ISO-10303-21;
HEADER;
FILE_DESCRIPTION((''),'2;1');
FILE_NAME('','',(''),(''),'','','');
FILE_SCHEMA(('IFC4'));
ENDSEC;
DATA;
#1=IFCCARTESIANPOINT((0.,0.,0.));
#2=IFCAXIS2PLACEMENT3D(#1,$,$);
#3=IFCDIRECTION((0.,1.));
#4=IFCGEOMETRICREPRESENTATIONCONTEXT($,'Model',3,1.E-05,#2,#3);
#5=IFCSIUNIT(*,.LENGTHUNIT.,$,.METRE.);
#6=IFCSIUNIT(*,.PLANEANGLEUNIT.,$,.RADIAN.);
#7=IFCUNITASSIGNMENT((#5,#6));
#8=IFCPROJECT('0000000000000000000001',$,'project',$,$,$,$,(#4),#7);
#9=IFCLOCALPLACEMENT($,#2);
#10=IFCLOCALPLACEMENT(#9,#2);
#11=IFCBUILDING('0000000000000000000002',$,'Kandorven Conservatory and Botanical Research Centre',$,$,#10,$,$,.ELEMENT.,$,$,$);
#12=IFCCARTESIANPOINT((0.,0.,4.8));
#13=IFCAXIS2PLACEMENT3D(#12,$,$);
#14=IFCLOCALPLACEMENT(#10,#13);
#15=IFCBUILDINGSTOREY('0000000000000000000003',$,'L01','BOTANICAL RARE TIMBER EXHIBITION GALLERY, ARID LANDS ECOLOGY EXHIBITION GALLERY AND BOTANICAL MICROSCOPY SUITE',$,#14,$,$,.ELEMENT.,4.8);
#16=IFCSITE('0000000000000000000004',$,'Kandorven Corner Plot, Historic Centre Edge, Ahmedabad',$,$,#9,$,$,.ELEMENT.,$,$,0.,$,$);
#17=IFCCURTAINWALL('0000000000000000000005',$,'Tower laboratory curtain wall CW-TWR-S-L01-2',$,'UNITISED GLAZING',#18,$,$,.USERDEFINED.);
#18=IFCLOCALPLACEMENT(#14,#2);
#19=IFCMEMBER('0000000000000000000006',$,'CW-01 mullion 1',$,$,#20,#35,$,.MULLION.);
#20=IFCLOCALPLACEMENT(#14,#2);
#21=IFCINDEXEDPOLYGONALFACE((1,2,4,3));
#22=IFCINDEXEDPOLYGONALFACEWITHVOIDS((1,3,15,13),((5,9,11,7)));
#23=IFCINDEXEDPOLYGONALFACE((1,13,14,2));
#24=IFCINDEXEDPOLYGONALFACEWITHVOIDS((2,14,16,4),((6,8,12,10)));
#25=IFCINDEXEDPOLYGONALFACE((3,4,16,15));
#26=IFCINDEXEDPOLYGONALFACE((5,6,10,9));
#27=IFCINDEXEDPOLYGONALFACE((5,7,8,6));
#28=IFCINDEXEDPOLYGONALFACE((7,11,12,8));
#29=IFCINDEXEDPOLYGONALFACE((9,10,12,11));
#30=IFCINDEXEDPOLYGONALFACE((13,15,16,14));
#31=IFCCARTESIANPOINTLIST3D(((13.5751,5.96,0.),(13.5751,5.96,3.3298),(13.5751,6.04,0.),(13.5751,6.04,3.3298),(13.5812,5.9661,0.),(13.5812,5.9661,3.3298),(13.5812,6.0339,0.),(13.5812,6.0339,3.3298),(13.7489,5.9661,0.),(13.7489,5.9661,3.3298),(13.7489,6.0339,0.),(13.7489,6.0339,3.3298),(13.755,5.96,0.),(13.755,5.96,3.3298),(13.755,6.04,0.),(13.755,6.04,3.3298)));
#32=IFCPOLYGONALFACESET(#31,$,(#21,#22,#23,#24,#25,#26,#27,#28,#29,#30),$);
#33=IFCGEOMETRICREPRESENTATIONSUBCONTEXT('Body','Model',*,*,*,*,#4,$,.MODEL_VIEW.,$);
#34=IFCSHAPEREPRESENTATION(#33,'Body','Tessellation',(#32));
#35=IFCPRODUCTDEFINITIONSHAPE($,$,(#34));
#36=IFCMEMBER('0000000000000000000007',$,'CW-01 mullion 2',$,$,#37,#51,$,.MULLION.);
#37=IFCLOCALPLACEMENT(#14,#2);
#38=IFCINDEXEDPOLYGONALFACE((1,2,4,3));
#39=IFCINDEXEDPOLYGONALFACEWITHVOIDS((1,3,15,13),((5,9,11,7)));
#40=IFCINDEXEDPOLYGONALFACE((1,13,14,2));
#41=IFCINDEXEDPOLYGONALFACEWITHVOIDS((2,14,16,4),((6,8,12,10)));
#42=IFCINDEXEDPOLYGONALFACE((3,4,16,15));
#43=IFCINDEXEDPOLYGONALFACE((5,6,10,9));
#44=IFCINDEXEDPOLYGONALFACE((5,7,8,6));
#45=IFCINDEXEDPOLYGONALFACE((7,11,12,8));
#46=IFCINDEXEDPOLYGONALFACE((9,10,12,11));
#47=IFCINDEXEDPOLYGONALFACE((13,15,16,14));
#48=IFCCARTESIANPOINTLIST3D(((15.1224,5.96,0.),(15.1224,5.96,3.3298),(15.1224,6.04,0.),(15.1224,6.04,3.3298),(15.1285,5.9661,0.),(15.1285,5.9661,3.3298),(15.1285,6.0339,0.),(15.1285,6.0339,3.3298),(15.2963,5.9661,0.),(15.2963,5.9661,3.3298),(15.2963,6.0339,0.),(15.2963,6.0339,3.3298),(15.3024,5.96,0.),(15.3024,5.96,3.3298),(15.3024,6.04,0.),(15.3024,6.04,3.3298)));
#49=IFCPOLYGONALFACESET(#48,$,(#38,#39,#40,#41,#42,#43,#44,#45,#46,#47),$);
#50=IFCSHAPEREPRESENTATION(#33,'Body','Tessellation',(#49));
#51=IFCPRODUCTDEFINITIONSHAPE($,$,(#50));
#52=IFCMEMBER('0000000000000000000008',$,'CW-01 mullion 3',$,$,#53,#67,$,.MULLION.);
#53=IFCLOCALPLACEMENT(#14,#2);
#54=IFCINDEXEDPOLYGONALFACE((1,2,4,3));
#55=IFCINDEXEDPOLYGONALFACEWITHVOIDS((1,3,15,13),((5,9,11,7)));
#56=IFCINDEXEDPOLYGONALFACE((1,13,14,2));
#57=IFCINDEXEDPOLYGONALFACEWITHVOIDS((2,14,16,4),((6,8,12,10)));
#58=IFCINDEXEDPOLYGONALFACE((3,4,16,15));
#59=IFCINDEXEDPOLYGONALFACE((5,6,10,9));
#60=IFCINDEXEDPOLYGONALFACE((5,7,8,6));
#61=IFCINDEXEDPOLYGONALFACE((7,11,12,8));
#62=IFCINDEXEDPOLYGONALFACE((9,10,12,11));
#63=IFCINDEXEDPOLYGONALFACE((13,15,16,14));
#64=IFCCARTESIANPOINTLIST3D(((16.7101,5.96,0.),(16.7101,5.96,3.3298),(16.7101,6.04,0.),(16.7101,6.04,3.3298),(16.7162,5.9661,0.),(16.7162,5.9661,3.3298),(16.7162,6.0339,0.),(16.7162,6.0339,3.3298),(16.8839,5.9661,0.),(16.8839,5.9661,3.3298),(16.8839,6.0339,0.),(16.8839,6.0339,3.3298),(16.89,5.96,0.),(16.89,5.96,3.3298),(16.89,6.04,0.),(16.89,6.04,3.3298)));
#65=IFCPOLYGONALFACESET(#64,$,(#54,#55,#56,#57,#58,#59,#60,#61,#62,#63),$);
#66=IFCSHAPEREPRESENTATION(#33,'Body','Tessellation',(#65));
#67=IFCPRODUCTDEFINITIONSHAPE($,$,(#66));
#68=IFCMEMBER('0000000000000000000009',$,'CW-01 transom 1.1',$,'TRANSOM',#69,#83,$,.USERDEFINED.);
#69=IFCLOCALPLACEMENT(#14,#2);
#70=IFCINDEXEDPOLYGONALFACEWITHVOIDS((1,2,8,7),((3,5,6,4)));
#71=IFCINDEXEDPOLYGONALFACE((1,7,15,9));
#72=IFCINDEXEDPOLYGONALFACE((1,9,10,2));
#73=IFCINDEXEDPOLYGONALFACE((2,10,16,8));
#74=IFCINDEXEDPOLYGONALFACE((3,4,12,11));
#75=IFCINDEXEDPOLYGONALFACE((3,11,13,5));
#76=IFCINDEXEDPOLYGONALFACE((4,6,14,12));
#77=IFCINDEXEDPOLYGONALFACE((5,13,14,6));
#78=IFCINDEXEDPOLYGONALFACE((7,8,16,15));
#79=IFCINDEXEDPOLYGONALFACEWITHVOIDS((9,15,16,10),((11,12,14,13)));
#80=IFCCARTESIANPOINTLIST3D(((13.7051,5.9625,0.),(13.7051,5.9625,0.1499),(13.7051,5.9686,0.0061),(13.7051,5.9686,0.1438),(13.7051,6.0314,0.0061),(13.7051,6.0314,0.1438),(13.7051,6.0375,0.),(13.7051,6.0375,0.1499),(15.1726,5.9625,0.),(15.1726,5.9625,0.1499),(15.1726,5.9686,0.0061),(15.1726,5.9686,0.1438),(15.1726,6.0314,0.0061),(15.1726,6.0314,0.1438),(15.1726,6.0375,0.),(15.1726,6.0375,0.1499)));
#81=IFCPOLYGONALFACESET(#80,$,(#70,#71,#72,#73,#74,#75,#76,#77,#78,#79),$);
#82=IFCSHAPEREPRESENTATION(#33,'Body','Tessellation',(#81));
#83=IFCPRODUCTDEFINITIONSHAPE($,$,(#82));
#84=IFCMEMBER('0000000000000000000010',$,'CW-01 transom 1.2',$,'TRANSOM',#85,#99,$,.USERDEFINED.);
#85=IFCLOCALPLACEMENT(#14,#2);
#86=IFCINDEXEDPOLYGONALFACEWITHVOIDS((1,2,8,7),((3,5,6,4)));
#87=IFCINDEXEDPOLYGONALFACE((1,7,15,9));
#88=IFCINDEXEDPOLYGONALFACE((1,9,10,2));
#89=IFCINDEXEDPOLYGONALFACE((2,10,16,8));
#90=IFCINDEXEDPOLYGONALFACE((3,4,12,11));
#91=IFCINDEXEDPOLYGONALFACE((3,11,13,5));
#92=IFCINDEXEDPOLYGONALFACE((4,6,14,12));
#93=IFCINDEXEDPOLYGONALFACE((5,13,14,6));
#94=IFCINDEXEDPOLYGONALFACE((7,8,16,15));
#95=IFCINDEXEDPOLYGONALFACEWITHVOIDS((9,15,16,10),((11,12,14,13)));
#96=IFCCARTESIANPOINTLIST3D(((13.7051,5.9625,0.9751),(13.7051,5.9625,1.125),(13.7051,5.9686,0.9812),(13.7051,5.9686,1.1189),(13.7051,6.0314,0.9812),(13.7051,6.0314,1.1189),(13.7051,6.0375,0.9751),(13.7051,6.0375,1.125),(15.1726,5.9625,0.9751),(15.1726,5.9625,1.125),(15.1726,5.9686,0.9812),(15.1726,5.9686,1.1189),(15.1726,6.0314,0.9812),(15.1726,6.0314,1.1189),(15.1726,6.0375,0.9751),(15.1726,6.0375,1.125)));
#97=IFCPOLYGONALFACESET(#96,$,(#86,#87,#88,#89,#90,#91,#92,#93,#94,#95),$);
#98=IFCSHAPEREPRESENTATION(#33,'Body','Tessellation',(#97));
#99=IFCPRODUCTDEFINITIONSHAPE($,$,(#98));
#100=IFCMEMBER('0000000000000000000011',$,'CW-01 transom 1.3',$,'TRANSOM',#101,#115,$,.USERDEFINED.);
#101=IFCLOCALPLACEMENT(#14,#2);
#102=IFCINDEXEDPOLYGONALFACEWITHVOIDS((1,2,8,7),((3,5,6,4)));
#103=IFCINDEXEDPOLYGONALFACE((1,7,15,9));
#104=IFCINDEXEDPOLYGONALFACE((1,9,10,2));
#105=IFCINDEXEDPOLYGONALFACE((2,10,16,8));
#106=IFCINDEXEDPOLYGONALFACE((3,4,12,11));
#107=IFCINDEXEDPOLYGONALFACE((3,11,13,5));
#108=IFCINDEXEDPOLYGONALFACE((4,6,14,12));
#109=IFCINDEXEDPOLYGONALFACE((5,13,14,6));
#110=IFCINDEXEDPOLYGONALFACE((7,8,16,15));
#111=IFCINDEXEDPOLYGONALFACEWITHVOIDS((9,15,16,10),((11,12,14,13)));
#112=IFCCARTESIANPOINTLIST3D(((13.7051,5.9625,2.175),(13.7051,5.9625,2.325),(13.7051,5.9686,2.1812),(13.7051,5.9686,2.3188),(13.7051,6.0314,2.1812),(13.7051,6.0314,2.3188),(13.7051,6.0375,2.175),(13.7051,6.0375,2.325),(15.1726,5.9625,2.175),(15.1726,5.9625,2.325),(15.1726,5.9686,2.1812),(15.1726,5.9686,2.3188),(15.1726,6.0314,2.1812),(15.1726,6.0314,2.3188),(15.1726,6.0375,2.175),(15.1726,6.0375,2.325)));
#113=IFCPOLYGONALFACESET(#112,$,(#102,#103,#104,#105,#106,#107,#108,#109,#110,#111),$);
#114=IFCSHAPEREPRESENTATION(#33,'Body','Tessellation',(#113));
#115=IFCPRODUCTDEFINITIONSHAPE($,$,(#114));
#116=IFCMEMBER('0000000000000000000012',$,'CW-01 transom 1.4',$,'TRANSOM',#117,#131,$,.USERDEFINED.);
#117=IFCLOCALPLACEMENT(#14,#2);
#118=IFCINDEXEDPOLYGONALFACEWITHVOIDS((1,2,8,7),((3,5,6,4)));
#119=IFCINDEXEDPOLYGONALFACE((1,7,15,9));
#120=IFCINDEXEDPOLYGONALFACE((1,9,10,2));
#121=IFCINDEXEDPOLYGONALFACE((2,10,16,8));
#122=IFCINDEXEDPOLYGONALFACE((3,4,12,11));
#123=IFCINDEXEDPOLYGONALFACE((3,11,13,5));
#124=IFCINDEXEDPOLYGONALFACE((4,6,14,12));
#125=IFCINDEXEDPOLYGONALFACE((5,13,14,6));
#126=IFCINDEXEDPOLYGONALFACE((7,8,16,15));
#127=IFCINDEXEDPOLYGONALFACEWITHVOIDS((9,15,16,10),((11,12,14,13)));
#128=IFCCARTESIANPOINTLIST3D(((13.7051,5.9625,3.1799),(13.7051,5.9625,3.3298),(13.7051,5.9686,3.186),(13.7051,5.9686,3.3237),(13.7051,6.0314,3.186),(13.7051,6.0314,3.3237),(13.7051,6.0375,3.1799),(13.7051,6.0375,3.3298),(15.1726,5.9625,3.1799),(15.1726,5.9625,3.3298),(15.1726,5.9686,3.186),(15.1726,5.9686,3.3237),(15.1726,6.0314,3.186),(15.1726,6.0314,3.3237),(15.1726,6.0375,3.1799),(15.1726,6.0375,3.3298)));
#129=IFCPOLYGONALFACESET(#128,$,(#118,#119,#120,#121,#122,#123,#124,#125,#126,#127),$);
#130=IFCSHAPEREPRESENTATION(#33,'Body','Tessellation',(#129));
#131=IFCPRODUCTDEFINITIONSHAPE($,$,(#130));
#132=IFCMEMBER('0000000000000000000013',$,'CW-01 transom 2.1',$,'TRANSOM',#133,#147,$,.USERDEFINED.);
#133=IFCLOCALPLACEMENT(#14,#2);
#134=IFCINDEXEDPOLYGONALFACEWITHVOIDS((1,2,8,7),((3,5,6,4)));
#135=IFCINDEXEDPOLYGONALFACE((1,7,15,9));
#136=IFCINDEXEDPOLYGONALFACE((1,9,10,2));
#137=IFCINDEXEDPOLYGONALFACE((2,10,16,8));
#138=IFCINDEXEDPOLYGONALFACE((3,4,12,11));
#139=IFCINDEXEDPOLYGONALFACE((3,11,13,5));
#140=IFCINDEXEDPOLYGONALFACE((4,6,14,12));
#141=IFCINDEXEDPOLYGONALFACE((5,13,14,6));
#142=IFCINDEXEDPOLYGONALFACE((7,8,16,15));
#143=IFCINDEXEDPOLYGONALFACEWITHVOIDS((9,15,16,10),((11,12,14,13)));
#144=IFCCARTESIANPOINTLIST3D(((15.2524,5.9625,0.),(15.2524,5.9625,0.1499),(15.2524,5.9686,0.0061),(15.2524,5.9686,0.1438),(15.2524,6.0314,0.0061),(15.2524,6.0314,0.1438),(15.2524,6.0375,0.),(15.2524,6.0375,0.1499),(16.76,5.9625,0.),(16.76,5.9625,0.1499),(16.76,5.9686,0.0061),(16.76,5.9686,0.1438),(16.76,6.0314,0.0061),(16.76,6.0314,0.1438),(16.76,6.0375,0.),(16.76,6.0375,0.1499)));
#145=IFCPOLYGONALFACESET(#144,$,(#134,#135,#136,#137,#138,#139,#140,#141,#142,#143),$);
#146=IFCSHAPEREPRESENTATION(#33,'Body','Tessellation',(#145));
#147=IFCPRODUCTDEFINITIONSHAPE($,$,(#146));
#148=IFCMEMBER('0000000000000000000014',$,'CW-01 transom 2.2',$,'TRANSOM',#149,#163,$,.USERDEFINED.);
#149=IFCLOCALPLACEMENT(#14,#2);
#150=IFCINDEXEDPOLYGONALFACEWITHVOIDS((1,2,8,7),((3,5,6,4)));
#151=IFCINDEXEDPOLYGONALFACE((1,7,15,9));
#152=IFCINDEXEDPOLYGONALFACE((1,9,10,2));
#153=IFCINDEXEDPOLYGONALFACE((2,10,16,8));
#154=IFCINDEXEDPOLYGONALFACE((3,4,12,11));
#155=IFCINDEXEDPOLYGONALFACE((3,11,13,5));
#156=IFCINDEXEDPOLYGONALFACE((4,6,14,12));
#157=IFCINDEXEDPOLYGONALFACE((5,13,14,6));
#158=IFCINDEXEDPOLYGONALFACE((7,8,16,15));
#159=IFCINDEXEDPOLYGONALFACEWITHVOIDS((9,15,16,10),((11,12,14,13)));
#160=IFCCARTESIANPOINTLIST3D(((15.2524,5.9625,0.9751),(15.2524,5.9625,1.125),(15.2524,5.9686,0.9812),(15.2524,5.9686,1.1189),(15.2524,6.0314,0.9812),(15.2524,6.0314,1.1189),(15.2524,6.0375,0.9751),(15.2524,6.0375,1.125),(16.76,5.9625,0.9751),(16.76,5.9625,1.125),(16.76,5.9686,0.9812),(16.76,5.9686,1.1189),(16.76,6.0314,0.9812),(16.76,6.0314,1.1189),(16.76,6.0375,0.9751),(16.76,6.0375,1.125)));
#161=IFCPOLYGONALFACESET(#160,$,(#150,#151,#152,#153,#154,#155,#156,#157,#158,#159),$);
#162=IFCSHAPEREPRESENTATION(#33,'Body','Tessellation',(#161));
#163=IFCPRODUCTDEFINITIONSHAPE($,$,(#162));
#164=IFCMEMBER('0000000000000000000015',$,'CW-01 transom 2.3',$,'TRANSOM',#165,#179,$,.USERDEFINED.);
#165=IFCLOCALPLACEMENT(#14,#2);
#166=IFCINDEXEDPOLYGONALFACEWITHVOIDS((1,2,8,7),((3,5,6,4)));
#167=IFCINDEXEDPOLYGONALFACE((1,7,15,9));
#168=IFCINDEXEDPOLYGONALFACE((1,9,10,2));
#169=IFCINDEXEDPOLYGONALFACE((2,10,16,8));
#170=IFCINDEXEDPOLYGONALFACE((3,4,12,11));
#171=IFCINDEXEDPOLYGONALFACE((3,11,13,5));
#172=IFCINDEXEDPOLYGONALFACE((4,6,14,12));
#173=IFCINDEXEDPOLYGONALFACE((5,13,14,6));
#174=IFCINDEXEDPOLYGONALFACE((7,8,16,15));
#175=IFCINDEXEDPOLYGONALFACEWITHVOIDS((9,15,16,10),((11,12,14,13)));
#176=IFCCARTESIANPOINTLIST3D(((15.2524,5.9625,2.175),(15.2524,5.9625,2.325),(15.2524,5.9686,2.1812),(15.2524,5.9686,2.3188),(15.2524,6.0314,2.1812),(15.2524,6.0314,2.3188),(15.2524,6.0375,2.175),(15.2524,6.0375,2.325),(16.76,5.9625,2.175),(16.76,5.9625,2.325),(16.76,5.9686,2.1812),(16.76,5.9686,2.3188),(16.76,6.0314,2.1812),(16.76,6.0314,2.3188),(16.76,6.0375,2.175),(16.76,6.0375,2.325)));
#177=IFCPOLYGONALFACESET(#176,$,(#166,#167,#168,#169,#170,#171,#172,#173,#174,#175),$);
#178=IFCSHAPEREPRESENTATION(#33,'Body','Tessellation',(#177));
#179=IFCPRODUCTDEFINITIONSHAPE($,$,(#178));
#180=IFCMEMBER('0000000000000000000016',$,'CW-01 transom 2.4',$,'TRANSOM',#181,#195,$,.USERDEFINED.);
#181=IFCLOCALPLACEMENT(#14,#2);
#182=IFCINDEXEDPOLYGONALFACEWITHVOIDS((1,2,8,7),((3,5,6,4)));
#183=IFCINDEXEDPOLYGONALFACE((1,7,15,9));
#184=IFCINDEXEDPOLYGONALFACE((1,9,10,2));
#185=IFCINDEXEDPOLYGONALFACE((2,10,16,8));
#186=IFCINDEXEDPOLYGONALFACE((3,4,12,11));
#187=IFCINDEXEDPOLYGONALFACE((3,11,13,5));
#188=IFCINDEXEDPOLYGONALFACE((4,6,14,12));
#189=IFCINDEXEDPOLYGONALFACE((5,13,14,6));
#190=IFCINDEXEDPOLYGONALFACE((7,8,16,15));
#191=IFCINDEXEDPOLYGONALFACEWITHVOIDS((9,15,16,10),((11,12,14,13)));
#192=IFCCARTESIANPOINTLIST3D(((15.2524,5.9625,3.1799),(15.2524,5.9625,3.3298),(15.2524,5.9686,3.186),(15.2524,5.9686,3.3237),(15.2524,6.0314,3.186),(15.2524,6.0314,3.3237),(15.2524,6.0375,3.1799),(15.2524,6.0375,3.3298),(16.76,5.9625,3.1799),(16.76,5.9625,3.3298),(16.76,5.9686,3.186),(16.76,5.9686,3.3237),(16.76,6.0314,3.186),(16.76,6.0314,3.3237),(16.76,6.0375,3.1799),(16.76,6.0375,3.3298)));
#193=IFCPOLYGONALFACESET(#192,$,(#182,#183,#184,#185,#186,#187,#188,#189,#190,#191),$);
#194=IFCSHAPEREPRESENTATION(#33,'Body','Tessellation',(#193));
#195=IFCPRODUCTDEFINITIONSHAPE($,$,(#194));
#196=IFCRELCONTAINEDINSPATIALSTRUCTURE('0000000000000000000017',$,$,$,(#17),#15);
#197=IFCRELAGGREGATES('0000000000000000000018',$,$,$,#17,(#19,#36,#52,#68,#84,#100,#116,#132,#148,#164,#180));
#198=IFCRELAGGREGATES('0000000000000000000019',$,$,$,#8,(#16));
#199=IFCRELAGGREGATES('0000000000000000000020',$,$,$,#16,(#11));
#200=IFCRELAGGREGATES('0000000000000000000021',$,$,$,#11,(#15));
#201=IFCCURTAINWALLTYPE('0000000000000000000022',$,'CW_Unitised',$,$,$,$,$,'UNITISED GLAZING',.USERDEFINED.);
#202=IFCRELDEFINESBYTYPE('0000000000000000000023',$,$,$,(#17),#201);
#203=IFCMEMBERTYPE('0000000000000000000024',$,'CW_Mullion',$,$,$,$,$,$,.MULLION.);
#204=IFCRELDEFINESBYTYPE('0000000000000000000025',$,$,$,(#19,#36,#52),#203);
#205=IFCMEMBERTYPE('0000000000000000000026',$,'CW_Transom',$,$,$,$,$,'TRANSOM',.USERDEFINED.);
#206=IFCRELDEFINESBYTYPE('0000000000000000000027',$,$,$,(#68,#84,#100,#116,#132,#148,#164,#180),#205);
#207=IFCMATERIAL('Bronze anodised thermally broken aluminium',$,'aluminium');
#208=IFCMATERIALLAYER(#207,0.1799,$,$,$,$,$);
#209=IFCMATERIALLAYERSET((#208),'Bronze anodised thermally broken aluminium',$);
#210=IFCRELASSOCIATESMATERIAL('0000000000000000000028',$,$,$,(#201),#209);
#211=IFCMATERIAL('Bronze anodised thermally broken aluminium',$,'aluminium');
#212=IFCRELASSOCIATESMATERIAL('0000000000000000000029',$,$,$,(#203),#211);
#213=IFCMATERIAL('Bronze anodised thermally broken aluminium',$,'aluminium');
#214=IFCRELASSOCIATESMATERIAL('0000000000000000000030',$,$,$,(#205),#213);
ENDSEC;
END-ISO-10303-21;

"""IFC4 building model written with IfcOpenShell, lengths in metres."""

from ifc_helpers import new_model, si_unit, direction, frame, origin, origin_2d, place, context, subcontext, project, spatial, hollow_rectangle, extrude, material, layer, layer_set, material_profile, profile_set, type_object, element, aggregate, save


model = new_model("IFC4")

# Units and contexts
model_context = context("Model", 3, precision=1e-05, world=origin(), true_north=direction((0.0, 1.0)))
body_context = subcontext(model_context, "Body", "Model", "MODEL_VIEW")
ifc_project = project(units=[si_unit("LENGTHUNIT", "METRE"), si_unit("PLANEANGLEUNIT", "RADIAN")], contexts=[model_context])

# Site, building, storey
site_placement = place(None, origin())
site = spatial("IfcSite", under=ifc_project, at=site_placement, Name="Kandorven Corner Plot, Historic Centre Edge, Ahmedabad", CompositionType="ELEMENT", RefElevation=0.0)
building_placement = place(site_placement, origin())
building = spatial("IfcBuilding", under=site, at=building_placement, Name="Kandorven Conservatory and Botanical Research Centre", CompositionType="ELEMENT")
storey_placement = place(building_placement, frame((0.0, 0.0, 4.8)))
storey = spatial("IfcBuildingStorey", under=building, at=storey_placement, Name="L01", Description="BOTANICAL RARE TIMBER EXHIBITION GALLERY, ARID LANDS ECOLOGY EXHIBITION GALLERY AND BOTANICAL MICROSCOPY SUITE", CompositionType="ELEMENT", Elevation=4.8)

# Curtain wall, members
ifc_material_1 = material(Name="Bronze anodised thermally broken aluminium", Category="aluminium")
ifc_layer_1 = layer(ifc_material_1, 0.1799)
ifc_layer_set_1 = layer_set([ifc_layer_1], Name="Bronze anodised thermally broken aluminium")
curtain_wall_type = type_object("IfcCurtainWallType", Name="CW_Unitised", ElementType="UNITISED GLAZING", PredefinedType="USERDEFINED", material=ifc_layer_set_1)
curtain_wall_placement = place(storey_placement, origin())
curtain_wall = element("IfcCurtainWall", 1, at=curtain_wall_placement, inside=storey, type_object=curtain_wall_type, Name="Tower laboratory curtain wall CW-TWR-S-L01-2", ObjectType="UNITISED GLAZING", PredefinedType="USERDEFINED")
ifc_material_2 = material(Name="Bronze anodised thermally broken aluminium", Category="aluminium")
ifc_material_profile_1 = material_profile(ifc_material_2, hollow_rectangle(XDim=0.0801, YDim=0.1799, WallThickness=0.0061, at=origin_2d()))
ifc_profile_set_1 = profile_set([ifc_material_profile_1], Name="Bronze anodised thermally broken aluminium")
member_type_1 = type_object("IfcMemberType", Name="CW_Mullion", PredefinedType="MULLION", material=ifc_profile_set_1)
member_1_placement = place(storey_placement, frame((13.665, 6.0, 0.0), z_axis=(0.0, 0.0, 1.0), x_axis=(0.0, 1.0, 0.0)))
member_1 = element("IfcMember", 2, at=member_1_placement, type_object=member_type_1, Name="CW-01 mullion 1", PredefinedType="MULLION", context=body_context, shape_type="SweptSolid", body=[
    extrude(hollow_rectangle(XDim=0.0801, YDim=0.1799, WallThickness=0.0061, at=origin_2d()), origin(), (0.0, 0.0, 1.0), 3.3298),
])
member_2_placement = place(storey_placement, frame((15.2124, 6.0, 0.0), z_axis=(0.0, 0.0, 1.0), x_axis=(0.0, 1.0, 0.0)))
member_2 = element("IfcMember", 3, at=member_2_placement, type_object=member_type_1, Name="CW-01 mullion 2", PredefinedType="MULLION", context=body_context, shape_type="SweptSolid", body=[
    extrude(hollow_rectangle(XDim=0.0801, YDim=0.1799, WallThickness=0.0061, at=origin_2d()), origin(), (0.0, 0.0, 1.0), 3.3298),
])
member_3_placement = place(storey_placement, frame((16.8, 6.0, 0.0), z_axis=(0.0, 0.0, 1.0), x_axis=(0.0, 1.0, 0.0)))
member_3 = element("IfcMember", 4, at=member_3_placement, type_object=member_type_1, Name="CW-01 mullion 3", PredefinedType="MULLION", context=body_context, shape_type="SweptSolid", body=[
    extrude(hollow_rectangle(XDim=0.0801, YDim=0.1799, WallThickness=0.0061, at=origin_2d()), origin(), (0.0, 0.0, 1.0), 3.3298),
])
ifc_material_3 = material(Name="Bronze anodised thermally broken aluminium", Category="aluminium")
ifc_material_profile_2 = material_profile(ifc_material_3, hollow_rectangle(XDim=0.075, YDim=0.1499, WallThickness=0.0061, at=origin_2d()))
ifc_profile_set_2 = profile_set([ifc_material_profile_2], Name="Bronze anodised thermally broken aluminium")
member_type_2 = type_object("IfcMemberType", Name="CW_Transom", ElementType="TRANSOM", PredefinedType="USERDEFINED", material=ifc_profile_set_2)
member_4_placement = place(storey_placement, frame((13.7051, 6.0, 0.075), z_axis=(1.0, 0.0, 0.0), x_axis=(0.0, 1.0, 0.0)))
member_4 = element("IfcMember", 5, at=member_4_placement, type_object=member_type_2, Name="CW-01 transom 1.1", ObjectType="TRANSOM", PredefinedType="USERDEFINED", context=body_context, shape_type="SweptSolid", body=[
    extrude(hollow_rectangle(XDim=0.075, YDim=0.1499, WallThickness=0.0061, at=origin_2d()), origin(), (0.0, 0.0, 1.0), 1.4675),
])
member_5_placement = place(storey_placement, frame((13.7051, 6.0, 1.05), z_axis=(1.0, 0.0, 0.0), x_axis=(0.0, 1.0, 0.0)))
member_5 = element("IfcMember", 6, at=member_5_placement, type_object=member_type_2, Name="CW-01 transom 1.2", ObjectType="TRANSOM", PredefinedType="USERDEFINED", context=body_context, shape_type="SweptSolid", body=[
    extrude(hollow_rectangle(XDim=0.075, YDim=0.1499, WallThickness=0.0061, at=origin_2d()), origin(), (0.0, 0.0, 1.0), 1.4675),
])
member_6_placement = place(storey_placement, frame((13.7051, 6.0, 2.25), z_axis=(1.0, 0.0, 0.0), x_axis=(0.0, 1.0, 0.0)))
member_6 = element("IfcMember", 7, at=member_6_placement, type_object=member_type_2, Name="CW-01 transom 1.3", ObjectType="TRANSOM", PredefinedType="USERDEFINED", context=body_context, shape_type="SweptSolid", body=[
    extrude(hollow_rectangle(XDim=0.075, YDim=0.1499, WallThickness=0.0061, at=origin_2d()), origin(), (0.0, 0.0, 1.0), 1.4675),
])
member_7_placement = place(storey_placement, frame((13.7051, 6.0, 3.2549), z_axis=(1.0, 0.0, 0.0), x_axis=(0.0, 1.0, 0.0)))
member_7 = element("IfcMember", 8, at=member_7_placement, type_object=member_type_2, Name="CW-01 transom 1.4", ObjectType="TRANSOM", PredefinedType="USERDEFINED", context=body_context, shape_type="SweptSolid", body=[
    extrude(hollow_rectangle(XDim=0.075, YDim=0.1499, WallThickness=0.0061, at=origin_2d()), origin(), (0.0, 0.0, 1.0), 1.4675),
])
member_8_placement = place(storey_placement, frame((15.2524, 6.0, 0.075), z_axis=(1.0, 0.0, 0.0), x_axis=(0.0, 1.0, 0.0)))
member_8 = element("IfcMember", 9, at=member_8_placement, type_object=member_type_2, Name="CW-01 transom 2.1", ObjectType="TRANSOM", PredefinedType="USERDEFINED", context=body_context, shape_type="SweptSolid", body=[
    extrude(hollow_rectangle(XDim=0.075, YDim=0.1499, WallThickness=0.0061, at=origin_2d()), origin(), (0.0, 0.0, 1.0), 1.5076),
])
member_9_placement = place(storey_placement, frame((15.2524, 6.0, 1.05), z_axis=(1.0, 0.0, 0.0), x_axis=(0.0, 1.0, 0.0)))
member_9 = element("IfcMember", 10, at=member_9_placement, type_object=member_type_2, Name="CW-01 transom 2.2", ObjectType="TRANSOM", PredefinedType="USERDEFINED", context=body_context, shape_type="SweptSolid", body=[
    extrude(hollow_rectangle(XDim=0.075, YDim=0.1499, WallThickness=0.0061, at=origin_2d()), origin(), (0.0, 0.0, 1.0), 1.5076),
])
member_10_placement = place(storey_placement, frame((15.2524, 6.0, 2.25), z_axis=(1.0, 0.0, 0.0), x_axis=(0.0, 1.0, 0.0)))
member_10 = element("IfcMember", 11, at=member_10_placement, type_object=member_type_2, Name="CW-01 transom 2.3", ObjectType="TRANSOM", PredefinedType="USERDEFINED", context=body_context, shape_type="SweptSolid", body=[
    extrude(hollow_rectangle(XDim=0.075, YDim=0.1499, WallThickness=0.0061, at=origin_2d()), origin(), (0.0, 0.0, 1.0), 1.5076),
])
member_11_placement = place(storey_placement, frame((15.2524, 6.0, 3.2549), z_axis=(1.0, 0.0, 0.0), x_axis=(0.0, 1.0, 0.0)))
member_11 = element("IfcMember", 12, at=member_11_placement, type_object=member_type_2, Name="CW-01 transom 2.4", ObjectType="TRANSOM", PredefinedType="USERDEFINED", context=body_context, shape_type="SweptSolid", body=[
    extrude(hollow_rectangle(XDim=0.075, YDim=0.1499, WallThickness=0.0061, at=origin_2d()), origin(), (0.0, 0.0, 1.0), 1.5076),
])
aggregate(curtain_wall, [member_1, member_2, member_3, member_4, member_5, member_6, member_7, member_8, member_9, member_10, member_11])

save(model, "model.ifc")
